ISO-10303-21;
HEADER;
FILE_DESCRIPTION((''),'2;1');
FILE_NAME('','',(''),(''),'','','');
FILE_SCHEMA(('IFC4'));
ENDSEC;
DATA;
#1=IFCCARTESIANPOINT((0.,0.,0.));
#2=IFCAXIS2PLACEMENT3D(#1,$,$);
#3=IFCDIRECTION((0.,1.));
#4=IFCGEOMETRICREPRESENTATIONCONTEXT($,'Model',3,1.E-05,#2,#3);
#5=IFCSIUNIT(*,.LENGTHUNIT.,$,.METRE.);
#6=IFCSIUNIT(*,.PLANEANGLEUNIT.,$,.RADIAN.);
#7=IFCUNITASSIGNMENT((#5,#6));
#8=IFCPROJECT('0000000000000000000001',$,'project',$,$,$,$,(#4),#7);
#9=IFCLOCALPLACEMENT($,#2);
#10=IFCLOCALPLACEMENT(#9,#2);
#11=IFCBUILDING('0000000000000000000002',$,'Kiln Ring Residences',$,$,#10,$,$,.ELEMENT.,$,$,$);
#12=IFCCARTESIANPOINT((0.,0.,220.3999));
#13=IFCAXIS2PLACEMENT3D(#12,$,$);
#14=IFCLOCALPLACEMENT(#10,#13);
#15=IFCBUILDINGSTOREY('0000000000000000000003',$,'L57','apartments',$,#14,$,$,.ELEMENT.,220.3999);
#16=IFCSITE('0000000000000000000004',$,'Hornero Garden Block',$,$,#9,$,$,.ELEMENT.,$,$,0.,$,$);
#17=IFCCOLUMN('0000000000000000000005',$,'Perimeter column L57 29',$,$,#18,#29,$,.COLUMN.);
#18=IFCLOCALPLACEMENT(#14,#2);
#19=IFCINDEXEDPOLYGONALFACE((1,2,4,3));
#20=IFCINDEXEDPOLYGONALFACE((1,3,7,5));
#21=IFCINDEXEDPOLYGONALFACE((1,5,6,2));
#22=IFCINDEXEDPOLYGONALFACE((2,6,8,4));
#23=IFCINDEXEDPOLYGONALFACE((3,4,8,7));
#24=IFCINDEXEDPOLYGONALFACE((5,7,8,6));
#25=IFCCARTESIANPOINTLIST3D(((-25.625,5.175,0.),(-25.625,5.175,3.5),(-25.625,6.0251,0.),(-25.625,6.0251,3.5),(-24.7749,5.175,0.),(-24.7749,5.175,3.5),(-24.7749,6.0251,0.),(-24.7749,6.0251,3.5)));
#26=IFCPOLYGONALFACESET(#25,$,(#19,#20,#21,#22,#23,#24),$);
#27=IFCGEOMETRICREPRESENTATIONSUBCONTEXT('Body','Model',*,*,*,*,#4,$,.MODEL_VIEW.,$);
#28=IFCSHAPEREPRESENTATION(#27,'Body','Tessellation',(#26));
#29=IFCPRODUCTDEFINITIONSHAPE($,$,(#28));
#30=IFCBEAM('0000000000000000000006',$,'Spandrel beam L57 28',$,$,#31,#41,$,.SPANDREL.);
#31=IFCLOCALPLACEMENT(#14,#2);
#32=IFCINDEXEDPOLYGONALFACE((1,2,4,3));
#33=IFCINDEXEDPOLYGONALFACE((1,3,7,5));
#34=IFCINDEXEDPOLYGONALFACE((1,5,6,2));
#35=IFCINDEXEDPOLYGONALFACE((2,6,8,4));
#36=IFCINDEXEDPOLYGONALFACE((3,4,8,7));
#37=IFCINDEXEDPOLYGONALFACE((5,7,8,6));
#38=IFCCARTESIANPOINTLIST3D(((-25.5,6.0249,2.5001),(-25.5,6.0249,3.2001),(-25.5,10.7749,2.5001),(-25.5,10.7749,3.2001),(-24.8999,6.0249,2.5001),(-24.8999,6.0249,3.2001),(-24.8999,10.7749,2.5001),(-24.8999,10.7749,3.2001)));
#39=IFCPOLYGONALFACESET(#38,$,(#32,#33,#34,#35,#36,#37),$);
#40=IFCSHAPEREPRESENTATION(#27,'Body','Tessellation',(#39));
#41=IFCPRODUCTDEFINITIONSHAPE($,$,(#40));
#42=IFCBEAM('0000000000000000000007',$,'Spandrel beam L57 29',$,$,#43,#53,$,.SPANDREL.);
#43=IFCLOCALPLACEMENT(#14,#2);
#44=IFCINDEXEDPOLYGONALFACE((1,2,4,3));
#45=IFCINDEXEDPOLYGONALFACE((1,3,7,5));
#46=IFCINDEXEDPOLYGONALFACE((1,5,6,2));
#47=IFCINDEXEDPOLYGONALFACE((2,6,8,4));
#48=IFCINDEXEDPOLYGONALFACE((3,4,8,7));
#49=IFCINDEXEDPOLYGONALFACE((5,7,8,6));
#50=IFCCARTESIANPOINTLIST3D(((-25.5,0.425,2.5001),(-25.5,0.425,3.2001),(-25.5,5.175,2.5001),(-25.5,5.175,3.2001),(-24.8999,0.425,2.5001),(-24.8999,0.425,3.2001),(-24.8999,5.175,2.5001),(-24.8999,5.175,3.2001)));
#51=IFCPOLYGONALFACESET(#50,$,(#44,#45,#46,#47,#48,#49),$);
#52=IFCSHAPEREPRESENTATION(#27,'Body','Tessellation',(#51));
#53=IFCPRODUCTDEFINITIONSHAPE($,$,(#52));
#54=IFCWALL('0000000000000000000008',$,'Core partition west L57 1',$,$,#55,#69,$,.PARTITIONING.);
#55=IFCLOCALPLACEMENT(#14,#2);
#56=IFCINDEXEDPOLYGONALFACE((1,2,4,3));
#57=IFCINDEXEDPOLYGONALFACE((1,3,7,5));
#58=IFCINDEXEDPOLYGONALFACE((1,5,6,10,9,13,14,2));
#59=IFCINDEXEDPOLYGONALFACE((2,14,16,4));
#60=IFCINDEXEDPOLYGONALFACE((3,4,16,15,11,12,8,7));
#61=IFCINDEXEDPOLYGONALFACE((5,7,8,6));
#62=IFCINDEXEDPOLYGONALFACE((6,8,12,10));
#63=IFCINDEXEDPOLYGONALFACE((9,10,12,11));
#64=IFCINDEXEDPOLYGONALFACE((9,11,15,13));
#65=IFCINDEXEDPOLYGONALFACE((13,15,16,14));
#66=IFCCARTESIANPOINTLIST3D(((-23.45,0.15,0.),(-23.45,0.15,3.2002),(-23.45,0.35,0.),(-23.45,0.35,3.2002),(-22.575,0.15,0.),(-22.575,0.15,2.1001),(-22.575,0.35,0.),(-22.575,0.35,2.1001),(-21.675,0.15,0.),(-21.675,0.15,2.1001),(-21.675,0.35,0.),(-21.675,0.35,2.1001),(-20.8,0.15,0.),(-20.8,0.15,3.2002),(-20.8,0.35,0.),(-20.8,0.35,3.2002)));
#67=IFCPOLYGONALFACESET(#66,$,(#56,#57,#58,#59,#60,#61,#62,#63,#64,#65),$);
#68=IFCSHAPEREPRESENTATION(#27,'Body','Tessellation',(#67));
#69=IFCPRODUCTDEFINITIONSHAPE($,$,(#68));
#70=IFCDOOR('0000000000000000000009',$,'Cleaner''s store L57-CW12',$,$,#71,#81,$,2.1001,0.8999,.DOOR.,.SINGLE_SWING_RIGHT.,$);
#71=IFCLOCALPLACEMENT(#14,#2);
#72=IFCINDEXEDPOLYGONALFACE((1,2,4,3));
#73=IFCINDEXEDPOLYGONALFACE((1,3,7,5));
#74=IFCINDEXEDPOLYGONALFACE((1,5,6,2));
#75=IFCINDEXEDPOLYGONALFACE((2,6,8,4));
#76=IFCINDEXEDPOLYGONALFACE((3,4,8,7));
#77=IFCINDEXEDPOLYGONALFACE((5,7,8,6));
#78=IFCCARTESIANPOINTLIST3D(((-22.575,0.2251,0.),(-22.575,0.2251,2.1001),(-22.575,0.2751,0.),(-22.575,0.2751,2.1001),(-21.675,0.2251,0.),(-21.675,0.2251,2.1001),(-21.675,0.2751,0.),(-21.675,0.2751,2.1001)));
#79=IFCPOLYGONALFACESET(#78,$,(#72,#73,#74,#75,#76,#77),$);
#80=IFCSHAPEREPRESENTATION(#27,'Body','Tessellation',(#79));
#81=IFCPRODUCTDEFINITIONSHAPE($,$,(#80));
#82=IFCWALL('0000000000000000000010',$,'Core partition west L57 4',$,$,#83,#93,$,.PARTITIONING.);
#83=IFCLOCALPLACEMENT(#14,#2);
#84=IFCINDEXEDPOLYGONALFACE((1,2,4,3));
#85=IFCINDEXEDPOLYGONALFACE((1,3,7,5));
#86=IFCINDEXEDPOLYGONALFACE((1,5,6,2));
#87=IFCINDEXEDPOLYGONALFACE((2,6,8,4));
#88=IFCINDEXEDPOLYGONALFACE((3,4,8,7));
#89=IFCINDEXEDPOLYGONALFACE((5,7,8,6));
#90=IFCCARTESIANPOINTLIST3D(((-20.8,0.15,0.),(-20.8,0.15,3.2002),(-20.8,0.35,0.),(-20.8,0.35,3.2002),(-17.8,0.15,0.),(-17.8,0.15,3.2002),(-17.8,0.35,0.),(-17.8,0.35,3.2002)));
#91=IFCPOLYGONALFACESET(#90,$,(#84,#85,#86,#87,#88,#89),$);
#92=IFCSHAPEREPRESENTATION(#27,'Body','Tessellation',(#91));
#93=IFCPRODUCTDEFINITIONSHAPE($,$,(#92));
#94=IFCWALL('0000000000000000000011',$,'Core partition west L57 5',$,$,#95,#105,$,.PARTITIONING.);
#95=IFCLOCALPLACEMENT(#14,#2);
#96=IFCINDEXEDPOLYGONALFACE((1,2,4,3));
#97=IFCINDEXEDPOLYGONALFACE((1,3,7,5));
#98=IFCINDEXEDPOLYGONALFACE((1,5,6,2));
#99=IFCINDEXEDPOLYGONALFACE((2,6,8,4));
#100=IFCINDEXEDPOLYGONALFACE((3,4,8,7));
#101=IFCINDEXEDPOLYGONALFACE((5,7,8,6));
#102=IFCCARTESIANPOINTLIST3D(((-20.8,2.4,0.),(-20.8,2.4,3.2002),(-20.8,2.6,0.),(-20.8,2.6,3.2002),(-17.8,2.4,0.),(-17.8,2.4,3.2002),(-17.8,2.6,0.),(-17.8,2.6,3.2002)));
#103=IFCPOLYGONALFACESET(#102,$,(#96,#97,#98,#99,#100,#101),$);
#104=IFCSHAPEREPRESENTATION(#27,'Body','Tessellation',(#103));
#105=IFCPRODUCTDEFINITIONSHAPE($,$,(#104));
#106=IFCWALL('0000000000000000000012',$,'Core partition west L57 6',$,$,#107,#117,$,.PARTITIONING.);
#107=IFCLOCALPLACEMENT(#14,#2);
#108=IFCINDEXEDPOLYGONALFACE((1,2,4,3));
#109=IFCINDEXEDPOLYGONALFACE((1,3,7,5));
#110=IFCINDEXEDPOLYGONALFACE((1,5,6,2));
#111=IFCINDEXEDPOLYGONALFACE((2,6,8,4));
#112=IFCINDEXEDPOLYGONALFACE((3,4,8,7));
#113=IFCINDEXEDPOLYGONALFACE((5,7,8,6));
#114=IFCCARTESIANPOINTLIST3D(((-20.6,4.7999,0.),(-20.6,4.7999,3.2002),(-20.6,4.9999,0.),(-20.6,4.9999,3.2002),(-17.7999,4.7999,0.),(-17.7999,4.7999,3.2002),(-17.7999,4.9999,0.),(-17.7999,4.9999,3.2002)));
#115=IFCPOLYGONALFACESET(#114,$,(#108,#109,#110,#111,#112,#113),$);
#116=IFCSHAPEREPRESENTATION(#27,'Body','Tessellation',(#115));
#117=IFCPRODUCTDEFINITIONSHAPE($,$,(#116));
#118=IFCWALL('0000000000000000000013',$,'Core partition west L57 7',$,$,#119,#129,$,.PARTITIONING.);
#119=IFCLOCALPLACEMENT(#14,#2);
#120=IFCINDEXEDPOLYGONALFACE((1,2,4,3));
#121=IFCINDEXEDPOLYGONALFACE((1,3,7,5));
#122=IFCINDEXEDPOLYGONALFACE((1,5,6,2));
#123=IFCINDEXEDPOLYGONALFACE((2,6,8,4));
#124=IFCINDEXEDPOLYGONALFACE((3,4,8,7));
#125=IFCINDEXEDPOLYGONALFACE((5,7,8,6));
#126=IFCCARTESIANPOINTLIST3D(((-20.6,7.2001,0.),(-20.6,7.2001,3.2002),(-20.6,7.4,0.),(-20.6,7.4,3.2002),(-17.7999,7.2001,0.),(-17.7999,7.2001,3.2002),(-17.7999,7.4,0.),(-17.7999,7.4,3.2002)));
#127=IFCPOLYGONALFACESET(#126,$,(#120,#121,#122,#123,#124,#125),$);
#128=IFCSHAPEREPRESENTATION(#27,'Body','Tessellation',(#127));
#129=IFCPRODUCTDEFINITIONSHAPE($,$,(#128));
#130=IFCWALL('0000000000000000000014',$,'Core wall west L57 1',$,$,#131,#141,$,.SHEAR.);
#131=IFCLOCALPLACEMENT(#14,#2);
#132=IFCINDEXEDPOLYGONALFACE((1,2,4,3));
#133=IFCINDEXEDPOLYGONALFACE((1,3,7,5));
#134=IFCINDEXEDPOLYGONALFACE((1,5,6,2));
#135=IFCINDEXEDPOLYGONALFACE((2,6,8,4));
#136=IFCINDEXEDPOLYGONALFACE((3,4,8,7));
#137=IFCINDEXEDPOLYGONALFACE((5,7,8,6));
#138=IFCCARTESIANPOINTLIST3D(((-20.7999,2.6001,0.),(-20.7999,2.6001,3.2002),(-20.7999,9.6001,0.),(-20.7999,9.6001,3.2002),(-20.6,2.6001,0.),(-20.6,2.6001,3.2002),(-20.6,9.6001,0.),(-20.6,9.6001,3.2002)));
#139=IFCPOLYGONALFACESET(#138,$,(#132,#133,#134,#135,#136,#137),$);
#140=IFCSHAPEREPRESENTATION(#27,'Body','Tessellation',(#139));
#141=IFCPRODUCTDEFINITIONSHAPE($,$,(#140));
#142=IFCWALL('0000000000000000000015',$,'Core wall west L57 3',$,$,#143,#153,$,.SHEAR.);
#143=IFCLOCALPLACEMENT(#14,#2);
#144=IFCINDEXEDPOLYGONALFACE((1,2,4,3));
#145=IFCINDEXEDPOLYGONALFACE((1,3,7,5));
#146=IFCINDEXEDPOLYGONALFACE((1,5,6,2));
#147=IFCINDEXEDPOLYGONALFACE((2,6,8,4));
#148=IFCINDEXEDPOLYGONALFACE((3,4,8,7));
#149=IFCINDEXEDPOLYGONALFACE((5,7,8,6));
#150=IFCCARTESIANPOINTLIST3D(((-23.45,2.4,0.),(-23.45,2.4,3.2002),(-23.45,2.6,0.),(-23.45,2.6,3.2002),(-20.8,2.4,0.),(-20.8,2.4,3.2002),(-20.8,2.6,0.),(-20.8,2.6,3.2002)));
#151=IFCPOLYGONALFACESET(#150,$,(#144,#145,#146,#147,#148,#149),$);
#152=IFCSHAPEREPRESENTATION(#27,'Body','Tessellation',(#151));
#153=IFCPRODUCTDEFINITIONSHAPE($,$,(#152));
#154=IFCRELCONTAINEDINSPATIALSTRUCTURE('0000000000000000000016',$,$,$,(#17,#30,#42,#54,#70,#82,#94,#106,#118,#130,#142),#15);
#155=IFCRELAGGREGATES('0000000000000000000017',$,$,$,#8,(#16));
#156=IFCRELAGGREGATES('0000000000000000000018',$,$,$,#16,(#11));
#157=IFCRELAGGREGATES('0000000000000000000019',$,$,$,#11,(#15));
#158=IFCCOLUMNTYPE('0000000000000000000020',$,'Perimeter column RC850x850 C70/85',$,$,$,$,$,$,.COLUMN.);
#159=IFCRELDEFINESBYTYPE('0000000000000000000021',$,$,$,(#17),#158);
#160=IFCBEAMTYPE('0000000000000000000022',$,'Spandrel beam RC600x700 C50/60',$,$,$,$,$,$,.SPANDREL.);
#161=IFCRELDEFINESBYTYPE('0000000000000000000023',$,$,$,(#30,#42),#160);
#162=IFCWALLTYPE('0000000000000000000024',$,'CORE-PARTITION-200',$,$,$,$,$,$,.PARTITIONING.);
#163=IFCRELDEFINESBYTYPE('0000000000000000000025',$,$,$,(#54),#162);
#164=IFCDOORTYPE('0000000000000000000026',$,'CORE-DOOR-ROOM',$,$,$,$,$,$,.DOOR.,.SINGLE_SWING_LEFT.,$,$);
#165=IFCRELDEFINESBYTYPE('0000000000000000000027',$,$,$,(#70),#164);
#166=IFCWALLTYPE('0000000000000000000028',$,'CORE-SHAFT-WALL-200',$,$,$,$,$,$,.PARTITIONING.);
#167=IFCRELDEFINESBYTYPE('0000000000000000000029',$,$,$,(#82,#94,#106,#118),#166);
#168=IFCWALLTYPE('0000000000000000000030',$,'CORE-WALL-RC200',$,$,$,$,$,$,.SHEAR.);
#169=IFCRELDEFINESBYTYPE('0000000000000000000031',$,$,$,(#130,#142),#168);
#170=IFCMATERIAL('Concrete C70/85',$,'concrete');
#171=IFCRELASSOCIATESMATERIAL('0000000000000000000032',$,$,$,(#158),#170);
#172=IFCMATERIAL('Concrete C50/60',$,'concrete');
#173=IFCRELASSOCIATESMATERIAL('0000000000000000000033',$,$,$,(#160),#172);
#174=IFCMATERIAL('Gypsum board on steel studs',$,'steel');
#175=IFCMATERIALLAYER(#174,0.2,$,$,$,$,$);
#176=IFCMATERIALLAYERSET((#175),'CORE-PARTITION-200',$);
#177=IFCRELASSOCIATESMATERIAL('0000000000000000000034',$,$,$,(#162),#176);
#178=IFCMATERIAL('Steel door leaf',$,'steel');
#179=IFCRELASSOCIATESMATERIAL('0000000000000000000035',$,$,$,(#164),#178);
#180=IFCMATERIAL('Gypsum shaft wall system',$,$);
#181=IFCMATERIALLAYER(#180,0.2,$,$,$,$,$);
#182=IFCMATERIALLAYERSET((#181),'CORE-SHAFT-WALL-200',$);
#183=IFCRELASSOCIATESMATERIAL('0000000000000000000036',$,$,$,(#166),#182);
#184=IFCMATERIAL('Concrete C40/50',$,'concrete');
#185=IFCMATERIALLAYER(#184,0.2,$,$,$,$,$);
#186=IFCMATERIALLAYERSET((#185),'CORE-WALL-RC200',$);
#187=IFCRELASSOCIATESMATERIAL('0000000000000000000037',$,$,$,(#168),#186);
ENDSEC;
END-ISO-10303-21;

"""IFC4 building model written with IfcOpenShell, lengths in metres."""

from ifc_helpers import new_model, si_unit, direction, frame, frame_2d, origin, origin_2d, place, context, subcontext, project, spatial, rectangle, extrude, material, layer, layer_set, material_profile, profile_set, type_object, element, fill, save


model = new_model("IFC4")

# Units and contexts
model_context = context("Model", 3, precision=1e-05, world=origin(), true_north=direction((0.0, 1.0)))
body_context = subcontext(model_context, "Body", "Model", "MODEL_VIEW")
ifc_project = project(units=[si_unit("LENGTHUNIT", "METRE"), si_unit("PLANEANGLEUNIT", "RADIAN")], contexts=[model_context])

# Site, building, storey
site_placement = place(None, origin())
site = spatial("IfcSite", under=ifc_project, at=site_placement, Name="Hornero Garden Block", CompositionType="ELEMENT", RefElevation=0.0)
building_placement = place(site_placement, origin())
building = spatial("IfcBuilding", under=site, at=building_placement, Name="Kiln Ring Residences", CompositionType="ELEMENT")
storey_placement = place(building_placement, frame((0.0, 0.0, 220.3999)))
storey = spatial("IfcBuildingStorey", under=building, at=storey_placement, Name="L57", Description="apartments", CompositionType="ELEMENT", Elevation=220.3999)

# Column
ifc_material_1 = material(Name="Concrete C70/85", Category="concrete")
ifc_material_profile_1 = material_profile(ifc_material_1, rectangle(XDim=0.8501, YDim=0.8501, at=origin_2d()), Name="RC850x850")
ifc_profile_set_1 = profile_set([ifc_material_profile_1], Name="Concrete C70/85")
column_type = type_object("IfcColumnType", Name="Perimeter column RC850x850 C70/85", PredefinedType="COLUMN", material=ifc_profile_set_1)
column_placement = place(storey_placement, frame((-25.2, 5.6001, 0.0), z_axis=(0.0, 0.0, 1.0), x_axis=(1.0, 0.0, 0.0)))
element("IfcColumn", 1, at=column_placement, inside=storey, type_object=column_type, Name="Perimeter column L57 29", PredefinedType="COLUMN", context=body_context, shape_type="SweptSolid", body=[
    extrude(rectangle(XDim=0.8501, YDim=0.8501, at=origin_2d()), origin(), (0.0, 0.0, 1.0), 3.5),
])

# Beams
ifc_material_2 = material(Name="Concrete C50/60", Category="concrete")
ifc_material_profile_2 = material_profile(ifc_material_2, rectangle(XDim=0.6001, YDim=0.7, at=origin_2d()), Name="RC600x700")
ifc_profile_set_2 = profile_set([ifc_material_profile_2], Name="Concrete C50/60")
beam_type = type_object("IfcBeamType", Name="Spandrel beam RC600x700 C50/60", PredefinedType="SPANDREL", material=ifc_profile_set_2)
for number, where, z_axis, x_axis, name in (
    (2, (-25.2, 10.7749, 2.8501), (0.0, -1.0, 0.0), (1.0, 0.0, 0.0), "Spandrel beam L57 28"),
    (3, (-25.2, 5.175, 2.8501), (0.0, -1.0, 0.0), (1.0, 0.0, 0.0), "Spandrel beam L57 29"),
):
    element("IfcBeam", number, at=place(storey_placement, frame(where, z_axis=z_axis, x_axis=x_axis)), inside=storey, type_object=beam_type, Name=name, PredefinedType="SPANDREL", context=body_context, shape_type="SweptSolid", body=[
        extrude(rectangle(XDim=0.6001, YDim=0.7, at=origin_2d()), origin(), (0.0, 0.0, 1.0), 4.75),
    ])

# Wall, opening, door
ifc_material_3 = material(Name="Gypsum board on steel studs", Category="steel")
ifc_layer_1 = layer(ifc_material_3, 0.2)
ifc_layer_set_1 = layer_set([ifc_layer_1], Name="CORE-PARTITION-200")
wall_type_1 = type_object("IfcWallType", Name="CORE-PARTITION-200", PredefinedType="PARTITIONING", material=ifc_layer_set_1)
wall_1_placement = place(storey_placement, frame((-20.8, 0.25, 0.0), z_axis=(0.0, 0.0, 1.0), x_axis=(-1.0, 0.0, 0.0)))
wall_1 = element("IfcWall", 4, at=wall_1_placement, inside=storey, type_object=wall_type_1, Name="Core partition west L57 1", PredefinedType="PARTITIONING", context=body_context, shape_type="SweptSolid", body=[
    extrude(rectangle(XDim=2.6499, YDim=0.2, at=frame_2d((1.325, 0.0))), origin(), (0.0, 0.0, 1.0), 3.2002),
])
opening_1_placement = place(wall_1_placement, frame((0.875, 0.0, 0.0)))
opening_1 = element("IfcOpeningElement", 5, at=opening_1_placement, cuts=wall_1, PredefinedType="OPENING", context=body_context, shape_type="SweptSolid", body=[
    extrude(rectangle(XDim=0.8999, YDim=2.1001, at=frame_2d((0.45, 1.05))), frame((0.0, 0.1099, 0.0), z_axis=(0.0, -1.0, 0.0), x_axis=(1.0, 0.0, 0.0)), (0.0, 0.0, 1.0), 0.22),
])
ifc_material_4 = material(Name="Steel door leaf", Category="steel")
door_type_1 = type_object("IfcDoorType", Name="CORE-DOOR-ROOM", OperationType="SINGLE_SWING_LEFT", PredefinedType="DOOR", material=ifc_material_4)
door_1_placement = place(opening_1_placement, origin())
door_1 = element("IfcDoor", 6, at=door_1_placement, inside=storey, type_object=door_type_1, Name="Cleaner's store L57-CW12", OperationType="SINGLE_SWING_RIGHT", OverallHeight=2.1001, OverallWidth=0.8999, PredefinedType="DOOR", context=body_context, shape_type="SweptSolid", body=[
    extrude(rectangle(XDim=0.8999, YDim=2.1001, at=frame_2d((0.45, 1.05))), frame((0.0, 0.0249, 0.0), z_axis=(0.0, -1.0, 0.0), x_axis=(1.0, 0.0, 0.0)), (0.0, 0.0, 1.0), 0.05),
])
fill(opening_1, door_1)

# Walls
ifc_material_5 = material(Name="Gypsum shaft wall system")
ifc_layer_2 = layer(ifc_material_5, 0.2)
ifc_layer_set_2 = layer_set([ifc_layer_2], Name="CORE-SHAFT-WALL-200")
wall_type_2 = type_object("IfcWallType", Name="CORE-SHAFT-WALL-200", PredefinedType="PARTITIONING", material=ifc_layer_set_2)
for number, where, z_axis, x_axis, name in (
    (7, (-17.8, 0.25, 0.0), (0.0, 0.0, 1.0), (-1.0, 0.0, 0.0), "Core partition west L57 4"),
    (8, (-17.8, 2.5, 0.0), (0.0, 0.0, 1.0), (-1.0, 0.0, 0.0), "Core partition west L57 5"),
):
    element("IfcWall", number, at=place(storey_placement, frame(where, z_axis=z_axis, x_axis=x_axis)), inside=storey, type_object=wall_type_2, Name=name, PredefinedType="PARTITIONING", context=body_context, shape_type="SweptSolid", body=[
        extrude(rectangle(XDim=3.0, YDim=0.2, at=frame_2d((1.5, 0.0))), origin(), (0.0, 0.0, 1.0), 3.2002),
    ])
for number, where, z_axis, x_axis, name in (
    (9, (-17.8, 4.8999, 0.0), (0.0, 0.0, 1.0), (-1.0, 0.0, 0.0), "Core partition west L57 6"),
    (10, (-17.8, 7.3, 0.0), (0.0, 0.0, 1.0), (-1.0, 0.0, 0.0), "Core partition west L57 7"),
):
    element("IfcWall", number, at=place(storey_placement, frame(where, z_axis=z_axis, x_axis=x_axis)), inside=storey, type_object=wall_type_2, Name=name, PredefinedType="PARTITIONING", context=body_context, shape_type="SweptSolid", body=[
        extrude(rectangle(XDim=2.8, YDim=0.2, at=frame_2d((1.3999, 0.0))), origin(), (0.0, 0.0, 1.0), 3.2002),
    ])
ifc_material_6 = material(Name="Concrete C40/50", Category="concrete")
ifc_layer_3 = layer(ifc_material_6, 0.2)
ifc_layer_set_3 = layer_set([ifc_layer_3], Name="CORE-WALL-RC200")
wall_type_3 = type_object("IfcWallType", Name="CORE-WALL-RC200", PredefinedType="SHEAR", material=ifc_layer_set_3)
wall_2_placement = place(storey_placement, frame((-20.7, 2.6001, 0.0), z_axis=(0.0, 0.0, 1.0), x_axis=(0.0, 1.0, 0.0)))
element("IfcWall", 11, at=wall_2_placement, inside=storey, type_object=wall_type_3, Name="Core wall west L57 1", PredefinedType="SHEAR", context=body_context, shape_type="SweptSolid", body=[
    extrude(rectangle(XDim=7.0, YDim=0.2, at=frame_2d((3.5, 0.0))), origin(), (0.0, 0.0, 1.0), 3.2002),
])
wall_3_placement = place(storey_placement, frame((-20.8, 2.5, 0.0), z_axis=(0.0, 0.0, 1.0), x_axis=(-1.0, 0.0, 0.0)))
element("IfcWall", 12, at=wall_3_placement, inside=storey, type_object=wall_type_3, Name="Core wall west L57 3", PredefinedType="SHEAR", context=body_context, shape_type="SweptSolid", body=[
    extrude(rectangle(XDim=2.6499, YDim=0.2, at=frame_2d((1.325, 0.0))), origin(), (0.0, 0.0, 1.0), 3.2002),
])

save(model, "model.ifc")
